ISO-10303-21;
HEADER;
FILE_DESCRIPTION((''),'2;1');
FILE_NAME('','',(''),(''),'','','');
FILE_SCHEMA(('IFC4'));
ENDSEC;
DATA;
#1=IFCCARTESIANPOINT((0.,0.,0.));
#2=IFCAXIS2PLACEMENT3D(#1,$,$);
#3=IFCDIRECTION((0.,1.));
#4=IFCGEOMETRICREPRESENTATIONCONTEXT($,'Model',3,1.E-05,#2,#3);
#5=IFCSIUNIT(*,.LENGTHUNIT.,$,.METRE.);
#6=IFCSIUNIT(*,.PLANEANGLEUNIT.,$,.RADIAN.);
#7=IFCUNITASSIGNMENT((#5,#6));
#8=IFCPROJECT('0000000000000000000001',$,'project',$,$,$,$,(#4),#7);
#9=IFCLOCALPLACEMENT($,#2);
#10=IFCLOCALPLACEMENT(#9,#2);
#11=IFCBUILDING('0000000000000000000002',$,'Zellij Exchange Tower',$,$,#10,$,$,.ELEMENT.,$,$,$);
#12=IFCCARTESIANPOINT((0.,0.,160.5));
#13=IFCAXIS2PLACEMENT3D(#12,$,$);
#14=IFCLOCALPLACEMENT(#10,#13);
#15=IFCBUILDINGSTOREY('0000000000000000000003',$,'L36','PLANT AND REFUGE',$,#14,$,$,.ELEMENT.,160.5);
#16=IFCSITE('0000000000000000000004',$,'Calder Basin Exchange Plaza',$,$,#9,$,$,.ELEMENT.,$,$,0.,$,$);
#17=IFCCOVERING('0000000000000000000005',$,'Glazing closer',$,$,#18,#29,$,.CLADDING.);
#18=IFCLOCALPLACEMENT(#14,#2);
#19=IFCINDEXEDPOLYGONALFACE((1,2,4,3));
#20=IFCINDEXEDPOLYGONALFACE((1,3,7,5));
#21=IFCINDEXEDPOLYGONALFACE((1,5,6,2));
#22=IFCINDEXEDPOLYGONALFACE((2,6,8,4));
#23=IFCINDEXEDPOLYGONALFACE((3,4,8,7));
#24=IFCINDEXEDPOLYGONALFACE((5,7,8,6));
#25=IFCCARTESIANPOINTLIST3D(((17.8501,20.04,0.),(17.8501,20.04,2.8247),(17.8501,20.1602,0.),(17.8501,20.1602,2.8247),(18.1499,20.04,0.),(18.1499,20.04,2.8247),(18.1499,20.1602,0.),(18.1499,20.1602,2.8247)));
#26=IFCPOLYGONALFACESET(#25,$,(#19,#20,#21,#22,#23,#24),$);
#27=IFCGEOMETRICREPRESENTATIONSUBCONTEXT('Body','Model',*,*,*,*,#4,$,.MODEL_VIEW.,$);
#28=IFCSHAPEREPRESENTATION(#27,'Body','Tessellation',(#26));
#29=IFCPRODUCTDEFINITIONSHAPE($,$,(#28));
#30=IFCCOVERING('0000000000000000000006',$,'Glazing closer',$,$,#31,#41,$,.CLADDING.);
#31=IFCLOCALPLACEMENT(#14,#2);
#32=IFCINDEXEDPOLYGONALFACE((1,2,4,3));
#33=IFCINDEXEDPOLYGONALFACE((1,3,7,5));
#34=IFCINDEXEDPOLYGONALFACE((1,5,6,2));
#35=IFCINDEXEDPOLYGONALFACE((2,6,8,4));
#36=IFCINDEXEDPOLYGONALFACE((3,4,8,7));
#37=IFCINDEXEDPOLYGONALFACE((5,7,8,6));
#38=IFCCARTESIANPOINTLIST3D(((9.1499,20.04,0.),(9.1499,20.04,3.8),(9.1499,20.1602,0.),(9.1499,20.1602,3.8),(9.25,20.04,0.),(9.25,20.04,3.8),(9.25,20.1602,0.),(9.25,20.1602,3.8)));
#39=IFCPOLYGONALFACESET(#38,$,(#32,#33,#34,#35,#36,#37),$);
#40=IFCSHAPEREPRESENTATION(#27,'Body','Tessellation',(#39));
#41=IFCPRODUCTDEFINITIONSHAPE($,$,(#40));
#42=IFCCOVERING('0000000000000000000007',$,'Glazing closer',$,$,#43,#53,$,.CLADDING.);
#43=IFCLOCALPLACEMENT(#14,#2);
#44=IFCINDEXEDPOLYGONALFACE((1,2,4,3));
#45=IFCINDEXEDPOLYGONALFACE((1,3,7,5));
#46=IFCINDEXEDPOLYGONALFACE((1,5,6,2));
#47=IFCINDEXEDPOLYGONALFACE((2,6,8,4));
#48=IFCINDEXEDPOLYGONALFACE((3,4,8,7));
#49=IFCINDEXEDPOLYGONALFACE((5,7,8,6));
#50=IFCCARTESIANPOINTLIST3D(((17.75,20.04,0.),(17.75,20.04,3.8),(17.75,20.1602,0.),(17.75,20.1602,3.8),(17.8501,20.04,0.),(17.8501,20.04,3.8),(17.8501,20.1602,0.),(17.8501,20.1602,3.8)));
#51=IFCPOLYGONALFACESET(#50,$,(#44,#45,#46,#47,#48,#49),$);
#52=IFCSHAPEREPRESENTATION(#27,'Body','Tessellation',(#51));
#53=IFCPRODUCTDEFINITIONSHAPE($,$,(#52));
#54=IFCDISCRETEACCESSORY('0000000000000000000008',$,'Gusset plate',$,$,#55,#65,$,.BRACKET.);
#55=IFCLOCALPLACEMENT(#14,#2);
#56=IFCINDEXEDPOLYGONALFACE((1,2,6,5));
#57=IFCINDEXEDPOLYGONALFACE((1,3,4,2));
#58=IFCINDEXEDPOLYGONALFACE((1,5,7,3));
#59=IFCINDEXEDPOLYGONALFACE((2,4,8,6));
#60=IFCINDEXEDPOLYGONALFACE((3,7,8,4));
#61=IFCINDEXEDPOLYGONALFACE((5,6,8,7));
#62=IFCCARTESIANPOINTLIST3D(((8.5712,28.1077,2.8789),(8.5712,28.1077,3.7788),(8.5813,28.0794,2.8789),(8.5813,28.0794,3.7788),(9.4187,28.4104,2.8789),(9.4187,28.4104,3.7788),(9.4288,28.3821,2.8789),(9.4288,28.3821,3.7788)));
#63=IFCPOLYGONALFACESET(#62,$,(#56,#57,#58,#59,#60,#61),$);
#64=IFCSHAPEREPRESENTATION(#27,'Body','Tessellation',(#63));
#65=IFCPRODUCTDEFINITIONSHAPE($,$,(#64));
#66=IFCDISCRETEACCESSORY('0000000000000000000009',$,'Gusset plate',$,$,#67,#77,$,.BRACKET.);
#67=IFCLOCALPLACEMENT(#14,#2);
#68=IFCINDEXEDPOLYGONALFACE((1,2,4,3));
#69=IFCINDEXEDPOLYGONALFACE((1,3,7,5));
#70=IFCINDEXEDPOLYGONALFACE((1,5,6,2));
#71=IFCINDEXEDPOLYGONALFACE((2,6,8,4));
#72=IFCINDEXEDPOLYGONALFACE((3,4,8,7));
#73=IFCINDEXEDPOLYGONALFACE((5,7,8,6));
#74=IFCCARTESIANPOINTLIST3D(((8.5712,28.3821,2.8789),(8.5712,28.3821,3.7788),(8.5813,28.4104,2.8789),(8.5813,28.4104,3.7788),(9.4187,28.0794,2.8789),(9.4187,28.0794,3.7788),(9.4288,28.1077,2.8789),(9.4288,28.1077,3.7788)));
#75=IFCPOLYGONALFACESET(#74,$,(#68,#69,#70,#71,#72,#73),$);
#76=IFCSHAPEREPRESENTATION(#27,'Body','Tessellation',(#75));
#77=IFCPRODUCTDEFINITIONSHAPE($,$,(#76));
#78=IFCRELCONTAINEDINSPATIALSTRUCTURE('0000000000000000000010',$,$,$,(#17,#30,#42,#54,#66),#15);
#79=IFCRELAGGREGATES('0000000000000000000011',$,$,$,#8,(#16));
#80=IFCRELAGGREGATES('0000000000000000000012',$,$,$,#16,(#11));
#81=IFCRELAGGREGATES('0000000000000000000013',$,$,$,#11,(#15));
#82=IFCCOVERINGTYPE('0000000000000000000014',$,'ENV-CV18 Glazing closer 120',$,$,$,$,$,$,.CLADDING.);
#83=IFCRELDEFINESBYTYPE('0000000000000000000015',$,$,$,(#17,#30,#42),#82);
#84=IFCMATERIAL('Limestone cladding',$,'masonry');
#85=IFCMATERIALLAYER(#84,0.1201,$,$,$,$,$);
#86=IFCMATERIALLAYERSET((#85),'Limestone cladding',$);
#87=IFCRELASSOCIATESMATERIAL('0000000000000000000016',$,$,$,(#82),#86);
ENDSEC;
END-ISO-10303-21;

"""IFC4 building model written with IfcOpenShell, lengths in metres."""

from ifc_helpers import new_model, si_unit, direction, frame, origin, origin_2d, place, context, subcontext, project, spatial, rectangle, extrude, material, layer, layer_set, type_object, element, save


model = new_model("IFC4")

# Units and contexts
model_context = context("Model", 3, precision=1e-05, world=origin(), true_north=direction((0.0, 1.0)))
body_context = subcontext(model_context, "Body", "Model", "MODEL_VIEW")
ifc_project = project(units=[si_unit("LENGTHUNIT", "METRE"), si_unit("PLANEANGLEUNIT", "RADIAN")], contexts=[model_context])

# Site, building, storey
site_placement = place(None, origin())
site = spatial("IfcSite", under=ifc_project, at=site_placement, Name="Calder Basin Exchange Plaza", CompositionType="ELEMENT", RefElevation=0.0)
building_placement = place(site_placement, origin())
building = spatial("IfcBuilding", under=site, at=building_placement, Name="Zellij Exchange Tower", CompositionType="ELEMENT")
storey_placement = place(building_placement, frame((0.0, 0.0, 160.5)))
storey = spatial("IfcBuildingStorey", under=building, at=storey_placement, Name="L36", Description="PLANT AND REFUGE", CompositionType="ELEMENT", Elevation=160.5)

# Coverings
ifc_material_1 = material(Name="Limestone cladding", Category="masonry")
ifc_layer_1 = layer(ifc_material_1, 0.1201)
ifc_layer_set_1 = layer_set([ifc_layer_1], Name="Limestone cladding")
covering_type = type_object("IfcCoveringType", Name="ENV-CV18 Glazing closer 120", PredefinedType="CLADDING", material=ifc_layer_set_1)
covering_1_placement = place(storey_placement, frame((18.0, 20.1001, 0.0), z_axis=(0.0, 0.0, 1.0), x_axis=(-1.0, 0.0, 0.0)))
element("IfcCovering", 1, at=covering_1_placement, inside=storey, type_object=covering_type, Name="Glazing closer", PredefinedType="CLADDING", context=body_context, shape_type="SweptSolid", body=[
    extrude(rectangle(XDim=0.2998, YDim=0.1201, at=origin_2d()), origin(), (0.0, 0.0, 1.0), 2.8247),
])
for number, where, z_axis, x_axis, name in (
    (2, (9.2, 20.1001, 0.0), (0.0, 0.0, 1.0), (-1.0, 0.0, 0.0), "Glazing closer"),
    (3, (17.8, 20.1001, 0.0), (0.0, 0.0, 1.0), (-1.0, 0.0, 0.0), "Glazing closer"),
):
    element("IfcCovering", number, at=place(storey_placement, frame(where, z_axis=z_axis, x_axis=x_axis)), inside=storey, type_object=covering_type, Name=name, PredefinedType="CLADDING", context=body_context, shape_type="SweptSolid", body=[
        extrude(rectangle(XDim=0.1001, YDim=0.1201, at=origin_2d()), origin(), (0.0, 0.0, 1.0), 3.8),
    ])

# Discrete accessories
for number, where, z_axis, x_axis, name in (
    (4, (9.0, 28.2449, 2.8789), (0.0, 0.0, 1.0), (0.941725, 0.336384, 0.0), "Gusset plate"),
    (5, (9.0, 28.2449, 2.8789), (0.0, 0.0, 1.0), (0.941725, -0.336384, 0.0), "Gusset plate"),
):
    element("IfcDiscreteAccessory", number, at=place(storey_placement, frame(where, z_axis=z_axis, x_axis=x_axis)), inside=storey, Name=name, PredefinedType="BRACKET", context=body_context, shape_type="SweptSolid", body=[
        extrude(rectangle(XDim=0.8999, YDim=0.03, at=origin_2d()), origin(), (0.0, 0.0, 1.0), 0.8999),
    ])

save(model, "model.ifc")
